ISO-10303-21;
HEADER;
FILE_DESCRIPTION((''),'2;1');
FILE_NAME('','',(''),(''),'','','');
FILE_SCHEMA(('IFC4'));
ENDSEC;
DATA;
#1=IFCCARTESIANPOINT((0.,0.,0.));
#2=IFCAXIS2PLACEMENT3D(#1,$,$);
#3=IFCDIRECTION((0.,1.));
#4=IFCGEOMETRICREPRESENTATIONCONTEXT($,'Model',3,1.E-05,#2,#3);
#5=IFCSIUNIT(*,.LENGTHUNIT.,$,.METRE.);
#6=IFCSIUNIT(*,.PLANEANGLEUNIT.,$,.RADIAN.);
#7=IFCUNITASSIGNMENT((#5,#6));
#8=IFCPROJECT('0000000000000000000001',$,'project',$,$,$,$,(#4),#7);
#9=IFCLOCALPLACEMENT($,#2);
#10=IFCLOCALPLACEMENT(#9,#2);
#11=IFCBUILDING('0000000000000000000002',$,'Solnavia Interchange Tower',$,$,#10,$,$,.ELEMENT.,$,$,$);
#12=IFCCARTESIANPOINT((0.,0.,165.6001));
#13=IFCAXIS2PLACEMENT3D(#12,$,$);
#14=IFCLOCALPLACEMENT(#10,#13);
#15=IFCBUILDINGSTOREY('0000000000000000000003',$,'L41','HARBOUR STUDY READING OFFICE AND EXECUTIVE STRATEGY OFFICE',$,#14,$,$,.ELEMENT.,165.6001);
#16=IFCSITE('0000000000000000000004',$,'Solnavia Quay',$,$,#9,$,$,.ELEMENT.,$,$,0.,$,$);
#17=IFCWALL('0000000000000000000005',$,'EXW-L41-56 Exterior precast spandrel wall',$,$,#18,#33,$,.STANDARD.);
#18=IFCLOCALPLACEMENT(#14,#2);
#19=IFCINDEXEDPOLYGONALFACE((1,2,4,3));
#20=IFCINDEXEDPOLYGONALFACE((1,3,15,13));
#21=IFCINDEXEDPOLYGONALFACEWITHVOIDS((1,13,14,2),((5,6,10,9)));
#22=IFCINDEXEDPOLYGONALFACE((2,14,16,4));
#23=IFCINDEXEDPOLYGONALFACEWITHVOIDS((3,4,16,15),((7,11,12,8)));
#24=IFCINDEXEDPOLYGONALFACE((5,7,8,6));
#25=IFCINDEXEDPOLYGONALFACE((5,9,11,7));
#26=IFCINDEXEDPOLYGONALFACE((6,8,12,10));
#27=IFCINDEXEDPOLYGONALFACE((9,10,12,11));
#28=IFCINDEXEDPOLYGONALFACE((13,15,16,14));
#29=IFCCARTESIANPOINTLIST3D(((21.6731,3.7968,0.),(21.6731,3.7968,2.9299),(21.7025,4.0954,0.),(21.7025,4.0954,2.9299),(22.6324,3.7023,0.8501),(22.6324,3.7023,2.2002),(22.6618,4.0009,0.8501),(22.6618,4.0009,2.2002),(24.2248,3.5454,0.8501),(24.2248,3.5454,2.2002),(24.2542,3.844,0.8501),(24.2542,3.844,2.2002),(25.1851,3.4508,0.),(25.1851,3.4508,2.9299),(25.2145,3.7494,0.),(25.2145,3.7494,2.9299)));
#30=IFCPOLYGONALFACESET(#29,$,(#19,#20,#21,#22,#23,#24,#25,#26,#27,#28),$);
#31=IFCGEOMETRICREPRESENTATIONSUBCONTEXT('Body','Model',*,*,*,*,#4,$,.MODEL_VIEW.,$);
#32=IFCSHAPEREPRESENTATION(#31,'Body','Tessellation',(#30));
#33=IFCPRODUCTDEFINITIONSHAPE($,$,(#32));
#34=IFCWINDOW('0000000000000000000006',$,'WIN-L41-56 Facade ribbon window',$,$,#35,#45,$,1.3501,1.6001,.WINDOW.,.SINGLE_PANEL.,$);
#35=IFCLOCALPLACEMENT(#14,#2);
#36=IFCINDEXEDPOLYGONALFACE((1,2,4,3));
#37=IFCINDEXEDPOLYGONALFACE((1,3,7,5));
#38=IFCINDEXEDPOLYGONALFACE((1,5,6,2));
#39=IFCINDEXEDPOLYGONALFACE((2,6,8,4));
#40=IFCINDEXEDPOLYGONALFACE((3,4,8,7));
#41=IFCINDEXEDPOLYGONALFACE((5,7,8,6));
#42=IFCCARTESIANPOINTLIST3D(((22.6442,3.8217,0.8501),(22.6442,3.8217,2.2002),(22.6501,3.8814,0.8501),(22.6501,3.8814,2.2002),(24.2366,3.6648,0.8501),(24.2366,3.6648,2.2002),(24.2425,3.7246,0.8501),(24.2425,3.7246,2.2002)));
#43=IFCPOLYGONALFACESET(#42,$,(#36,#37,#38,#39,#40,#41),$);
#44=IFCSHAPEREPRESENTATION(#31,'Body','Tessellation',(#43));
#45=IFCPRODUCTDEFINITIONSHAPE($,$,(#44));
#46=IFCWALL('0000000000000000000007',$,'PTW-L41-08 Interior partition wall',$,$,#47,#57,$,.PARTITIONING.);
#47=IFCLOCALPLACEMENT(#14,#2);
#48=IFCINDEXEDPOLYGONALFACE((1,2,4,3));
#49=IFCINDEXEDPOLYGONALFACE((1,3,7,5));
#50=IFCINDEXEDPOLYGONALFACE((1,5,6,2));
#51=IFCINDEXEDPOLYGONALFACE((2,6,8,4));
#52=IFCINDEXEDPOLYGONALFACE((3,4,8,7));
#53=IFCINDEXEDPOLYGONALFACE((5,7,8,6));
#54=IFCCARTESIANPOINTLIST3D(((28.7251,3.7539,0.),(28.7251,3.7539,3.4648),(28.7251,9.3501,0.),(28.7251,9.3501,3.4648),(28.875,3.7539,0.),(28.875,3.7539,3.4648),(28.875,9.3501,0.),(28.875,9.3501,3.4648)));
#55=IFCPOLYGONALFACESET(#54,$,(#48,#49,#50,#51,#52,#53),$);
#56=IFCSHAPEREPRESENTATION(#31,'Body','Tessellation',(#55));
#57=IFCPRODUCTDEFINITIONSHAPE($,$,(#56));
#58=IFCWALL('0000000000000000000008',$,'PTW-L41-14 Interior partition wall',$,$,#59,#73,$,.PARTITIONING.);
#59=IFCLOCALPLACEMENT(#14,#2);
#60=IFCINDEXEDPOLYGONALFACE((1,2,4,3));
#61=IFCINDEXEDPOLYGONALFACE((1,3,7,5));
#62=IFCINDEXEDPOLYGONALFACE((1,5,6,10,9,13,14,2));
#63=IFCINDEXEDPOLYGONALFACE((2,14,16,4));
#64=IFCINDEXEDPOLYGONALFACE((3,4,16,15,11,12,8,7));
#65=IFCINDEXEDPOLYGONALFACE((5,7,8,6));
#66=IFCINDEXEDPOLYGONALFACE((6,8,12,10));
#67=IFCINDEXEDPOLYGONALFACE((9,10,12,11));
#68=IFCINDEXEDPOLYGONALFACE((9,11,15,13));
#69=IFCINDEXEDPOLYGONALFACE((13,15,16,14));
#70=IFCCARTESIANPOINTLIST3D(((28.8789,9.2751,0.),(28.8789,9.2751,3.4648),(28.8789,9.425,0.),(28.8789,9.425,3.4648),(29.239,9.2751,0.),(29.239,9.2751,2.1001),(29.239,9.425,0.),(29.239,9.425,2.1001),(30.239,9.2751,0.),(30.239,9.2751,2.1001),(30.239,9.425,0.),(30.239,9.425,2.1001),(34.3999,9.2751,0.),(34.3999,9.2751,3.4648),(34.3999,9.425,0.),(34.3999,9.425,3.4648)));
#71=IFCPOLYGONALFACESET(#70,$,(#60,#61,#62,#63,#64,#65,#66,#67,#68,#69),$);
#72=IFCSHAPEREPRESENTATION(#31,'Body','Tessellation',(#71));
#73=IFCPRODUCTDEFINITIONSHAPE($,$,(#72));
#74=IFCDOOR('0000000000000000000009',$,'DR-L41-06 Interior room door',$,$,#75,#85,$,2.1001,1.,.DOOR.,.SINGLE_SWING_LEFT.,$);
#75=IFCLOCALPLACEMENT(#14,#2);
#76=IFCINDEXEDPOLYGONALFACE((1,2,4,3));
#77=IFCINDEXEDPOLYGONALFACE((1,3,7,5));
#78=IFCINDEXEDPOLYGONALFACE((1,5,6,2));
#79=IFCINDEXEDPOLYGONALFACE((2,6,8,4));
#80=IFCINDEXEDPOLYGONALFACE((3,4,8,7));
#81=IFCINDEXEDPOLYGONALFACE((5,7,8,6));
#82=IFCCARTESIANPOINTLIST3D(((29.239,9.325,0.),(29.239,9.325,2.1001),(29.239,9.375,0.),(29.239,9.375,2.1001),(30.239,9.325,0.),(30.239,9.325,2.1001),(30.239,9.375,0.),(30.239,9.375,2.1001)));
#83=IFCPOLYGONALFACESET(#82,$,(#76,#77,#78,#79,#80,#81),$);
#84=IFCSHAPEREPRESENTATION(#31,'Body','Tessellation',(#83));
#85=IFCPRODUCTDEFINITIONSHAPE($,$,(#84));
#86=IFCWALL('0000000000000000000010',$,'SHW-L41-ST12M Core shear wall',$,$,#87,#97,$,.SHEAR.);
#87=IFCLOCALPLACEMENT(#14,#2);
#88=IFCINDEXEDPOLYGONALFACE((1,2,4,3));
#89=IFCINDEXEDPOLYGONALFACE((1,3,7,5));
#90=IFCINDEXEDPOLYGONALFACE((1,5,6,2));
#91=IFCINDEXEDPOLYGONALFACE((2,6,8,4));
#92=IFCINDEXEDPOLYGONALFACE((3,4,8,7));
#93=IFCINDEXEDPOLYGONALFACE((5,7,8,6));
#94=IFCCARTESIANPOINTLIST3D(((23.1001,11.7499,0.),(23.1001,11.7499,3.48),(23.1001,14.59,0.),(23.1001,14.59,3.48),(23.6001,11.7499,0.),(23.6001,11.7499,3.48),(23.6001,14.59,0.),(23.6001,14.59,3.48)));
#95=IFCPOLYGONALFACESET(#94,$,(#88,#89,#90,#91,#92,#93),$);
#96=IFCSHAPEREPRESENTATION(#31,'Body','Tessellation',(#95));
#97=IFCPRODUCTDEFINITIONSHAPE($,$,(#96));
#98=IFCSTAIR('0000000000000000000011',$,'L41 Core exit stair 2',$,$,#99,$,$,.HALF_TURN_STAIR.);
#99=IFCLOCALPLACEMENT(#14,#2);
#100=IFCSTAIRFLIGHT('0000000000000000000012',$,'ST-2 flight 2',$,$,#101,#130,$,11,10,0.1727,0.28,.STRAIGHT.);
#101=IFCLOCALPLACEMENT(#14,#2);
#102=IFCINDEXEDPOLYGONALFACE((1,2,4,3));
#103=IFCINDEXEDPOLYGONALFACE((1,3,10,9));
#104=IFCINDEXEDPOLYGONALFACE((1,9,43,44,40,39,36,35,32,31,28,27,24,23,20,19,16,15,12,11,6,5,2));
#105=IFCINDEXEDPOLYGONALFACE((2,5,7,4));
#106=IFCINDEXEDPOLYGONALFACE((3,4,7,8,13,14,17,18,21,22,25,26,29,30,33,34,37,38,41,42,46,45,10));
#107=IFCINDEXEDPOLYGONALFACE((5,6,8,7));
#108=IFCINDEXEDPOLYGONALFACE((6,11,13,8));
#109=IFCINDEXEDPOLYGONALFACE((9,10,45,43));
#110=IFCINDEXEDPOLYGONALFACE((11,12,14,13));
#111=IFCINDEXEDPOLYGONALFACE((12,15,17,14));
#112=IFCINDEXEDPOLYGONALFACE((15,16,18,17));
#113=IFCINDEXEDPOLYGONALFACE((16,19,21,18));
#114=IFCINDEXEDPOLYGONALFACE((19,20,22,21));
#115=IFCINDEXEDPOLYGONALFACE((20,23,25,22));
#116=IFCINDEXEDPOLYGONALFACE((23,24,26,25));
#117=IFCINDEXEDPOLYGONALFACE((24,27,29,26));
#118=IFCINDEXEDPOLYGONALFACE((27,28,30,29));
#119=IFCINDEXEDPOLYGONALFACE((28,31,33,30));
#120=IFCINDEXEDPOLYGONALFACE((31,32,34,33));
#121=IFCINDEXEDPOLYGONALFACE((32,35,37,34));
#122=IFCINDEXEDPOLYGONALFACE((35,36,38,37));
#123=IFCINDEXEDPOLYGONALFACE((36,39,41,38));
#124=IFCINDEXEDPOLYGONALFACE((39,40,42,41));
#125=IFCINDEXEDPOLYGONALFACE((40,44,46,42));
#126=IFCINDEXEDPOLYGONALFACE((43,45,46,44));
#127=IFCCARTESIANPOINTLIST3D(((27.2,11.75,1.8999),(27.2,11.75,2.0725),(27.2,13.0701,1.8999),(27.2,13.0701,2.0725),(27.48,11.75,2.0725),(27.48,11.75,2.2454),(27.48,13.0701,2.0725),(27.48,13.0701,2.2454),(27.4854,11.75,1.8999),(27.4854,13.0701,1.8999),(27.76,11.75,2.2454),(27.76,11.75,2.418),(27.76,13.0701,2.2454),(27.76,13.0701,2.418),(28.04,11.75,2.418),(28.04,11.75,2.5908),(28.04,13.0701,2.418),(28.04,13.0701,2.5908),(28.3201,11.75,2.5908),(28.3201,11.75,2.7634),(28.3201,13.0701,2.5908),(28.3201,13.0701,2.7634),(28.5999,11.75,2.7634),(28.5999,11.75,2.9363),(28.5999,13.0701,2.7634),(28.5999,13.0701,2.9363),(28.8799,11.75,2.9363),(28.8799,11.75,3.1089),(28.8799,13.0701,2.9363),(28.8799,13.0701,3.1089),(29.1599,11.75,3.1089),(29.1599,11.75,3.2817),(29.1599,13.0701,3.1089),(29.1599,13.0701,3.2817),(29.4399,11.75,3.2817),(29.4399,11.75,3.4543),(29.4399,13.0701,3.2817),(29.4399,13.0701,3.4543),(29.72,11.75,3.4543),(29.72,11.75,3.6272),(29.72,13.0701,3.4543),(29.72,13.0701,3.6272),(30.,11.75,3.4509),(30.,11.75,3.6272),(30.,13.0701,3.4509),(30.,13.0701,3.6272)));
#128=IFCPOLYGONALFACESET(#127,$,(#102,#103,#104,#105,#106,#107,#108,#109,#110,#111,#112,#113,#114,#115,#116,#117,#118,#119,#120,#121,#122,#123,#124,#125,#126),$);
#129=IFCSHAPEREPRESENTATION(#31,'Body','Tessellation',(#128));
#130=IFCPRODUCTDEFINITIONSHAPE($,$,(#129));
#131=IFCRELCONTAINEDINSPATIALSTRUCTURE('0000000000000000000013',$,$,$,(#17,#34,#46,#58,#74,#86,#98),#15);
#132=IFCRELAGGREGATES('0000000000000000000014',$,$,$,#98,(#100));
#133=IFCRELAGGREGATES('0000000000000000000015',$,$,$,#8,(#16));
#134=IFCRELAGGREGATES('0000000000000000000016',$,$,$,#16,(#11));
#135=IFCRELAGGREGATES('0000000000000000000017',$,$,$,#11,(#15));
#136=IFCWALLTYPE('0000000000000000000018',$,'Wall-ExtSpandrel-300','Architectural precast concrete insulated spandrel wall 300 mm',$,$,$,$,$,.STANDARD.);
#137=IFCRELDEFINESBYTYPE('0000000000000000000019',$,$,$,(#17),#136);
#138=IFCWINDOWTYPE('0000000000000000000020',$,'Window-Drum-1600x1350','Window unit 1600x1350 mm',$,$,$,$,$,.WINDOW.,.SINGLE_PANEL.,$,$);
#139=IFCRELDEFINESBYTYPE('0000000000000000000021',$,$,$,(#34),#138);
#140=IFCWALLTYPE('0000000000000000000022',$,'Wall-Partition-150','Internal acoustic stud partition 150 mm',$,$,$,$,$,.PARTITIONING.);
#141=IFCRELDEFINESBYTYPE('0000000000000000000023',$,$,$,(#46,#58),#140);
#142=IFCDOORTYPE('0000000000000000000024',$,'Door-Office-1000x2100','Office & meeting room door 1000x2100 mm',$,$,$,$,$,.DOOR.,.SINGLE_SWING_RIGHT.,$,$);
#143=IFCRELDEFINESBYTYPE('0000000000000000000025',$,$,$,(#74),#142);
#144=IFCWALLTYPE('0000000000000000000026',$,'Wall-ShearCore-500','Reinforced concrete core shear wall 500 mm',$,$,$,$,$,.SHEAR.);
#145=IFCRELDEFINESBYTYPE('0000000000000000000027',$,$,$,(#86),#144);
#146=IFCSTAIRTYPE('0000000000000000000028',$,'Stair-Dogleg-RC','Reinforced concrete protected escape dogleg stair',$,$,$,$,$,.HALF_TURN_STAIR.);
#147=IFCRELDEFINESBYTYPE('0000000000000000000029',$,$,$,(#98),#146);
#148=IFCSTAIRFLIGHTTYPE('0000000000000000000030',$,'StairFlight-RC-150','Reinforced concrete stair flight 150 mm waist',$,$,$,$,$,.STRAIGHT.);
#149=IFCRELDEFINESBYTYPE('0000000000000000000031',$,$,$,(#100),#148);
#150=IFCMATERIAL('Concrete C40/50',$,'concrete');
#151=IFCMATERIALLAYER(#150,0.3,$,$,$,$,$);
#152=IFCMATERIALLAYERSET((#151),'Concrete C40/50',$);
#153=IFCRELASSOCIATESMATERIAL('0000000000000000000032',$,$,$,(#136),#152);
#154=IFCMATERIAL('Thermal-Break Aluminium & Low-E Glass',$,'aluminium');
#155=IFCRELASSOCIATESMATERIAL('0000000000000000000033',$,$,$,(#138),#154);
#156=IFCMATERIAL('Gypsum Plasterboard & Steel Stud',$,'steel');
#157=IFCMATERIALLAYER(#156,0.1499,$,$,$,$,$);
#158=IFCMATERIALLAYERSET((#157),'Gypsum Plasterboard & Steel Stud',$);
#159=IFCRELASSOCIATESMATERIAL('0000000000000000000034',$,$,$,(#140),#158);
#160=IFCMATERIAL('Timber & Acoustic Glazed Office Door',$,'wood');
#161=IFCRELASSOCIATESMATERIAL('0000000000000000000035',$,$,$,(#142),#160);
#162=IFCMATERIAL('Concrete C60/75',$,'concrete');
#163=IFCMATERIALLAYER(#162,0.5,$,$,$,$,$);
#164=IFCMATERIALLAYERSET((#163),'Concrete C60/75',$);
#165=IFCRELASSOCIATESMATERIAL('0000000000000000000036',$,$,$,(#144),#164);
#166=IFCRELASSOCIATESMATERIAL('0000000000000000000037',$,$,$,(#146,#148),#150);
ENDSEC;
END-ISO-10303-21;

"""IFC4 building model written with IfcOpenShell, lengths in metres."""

from ifc_helpers import new_model, si_unit, direction, frame, frame_2d, origin, place, context, subcontext, project, spatial, polyline, rectangle, outline, extrude, material, layer, layer_set, type_object, element, fill, aggregate, save


model = new_model("IFC4")

# Units and contexts
model_context = context("Model", 3, precision=1e-05, world=origin(), true_north=direction((0.0, 1.0)))
body_context = subcontext(model_context, "Body", "Model", "MODEL_VIEW")
ifc_project = project(units=[si_unit("LENGTHUNIT", "METRE"), si_unit("PLANEANGLEUNIT", "RADIAN")], contexts=[model_context])

# Site, building, storey
site_placement = place(None, origin())
site = spatial("IfcSite", under=ifc_project, at=site_placement, Name="Solnavia Quay", CompositionType="ELEMENT", RefElevation=0.0)
building_placement = place(site_placement, origin())
building = spatial("IfcBuilding", under=site, at=building_placement, Name="Solnavia Interchange Tower", CompositionType="ELEMENT")
storey_placement = place(building_placement, frame((0.0, 0.0, 165.6001)))
storey = spatial("IfcBuildingStorey", under=building, at=storey_placement, Name="L41", Description="HARBOUR STUDY READING OFFICE AND EXECUTIVE STRATEGY OFFICE", CompositionType="ELEMENT", Elevation=165.6001)

# Shared definitions
ifc_material_1 = material(Name="Concrete C40/50", Category="concrete")
ifc_layer_1 = layer(ifc_material_1, 0.3)
ifc_layer_set_1 = layer_set([ifc_layer_1], Name="Concrete C40/50")
wall_type_1 = type_object("IfcWallType", Name="Wall-ExtSpandrel-300", Description="Architectural precast concrete insulated spandrel wall 300 mm", PredefinedType="STANDARD", material=ifc_layer_set_1)
ifc_material_2 = material(Name="Thermal-Break Aluminium & Low-E Glass", Category="aluminium")

# Wall, opening, window
wall_1_placement = place(storey_placement, frame((25.2, 3.6001, 0.0), z_axis=(0.0, 0.0, 1.0), x_axis=(-0.995183, 0.098031, 0.0)))
wall_1 = element("IfcWall", 1, at=wall_1_placement, inside=storey, type_object=wall_type_1, Name="EXW-L41-56 Exterior precast spandrel wall", PredefinedType="STANDARD", context=body_context, shape_type="SweptSolid", body=[
    extrude(rectangle(XDim=3.5291, YDim=0.3, at=frame_2d((1.7646, 0.0))), origin(), (0.0, 0.0, 1.0), 2.9299),
])
opening_1_placement = place(wall_1_placement, frame((0.9651, 0.0, 0.8501)))
opening_1 = element("IfcOpeningElement", 2, at=opening_1_placement, cuts=wall_1, PredefinedType="OPENING", context=body_context, shape_type="SweptSolid", body=[
    extrude(rectangle(XDim=1.6001, YDim=1.3501, at=frame_2d((0.8, 0.675))), frame((0.0, 0.1602, 0.0), z_axis=(0.0, -1.0, 0.0), x_axis=(1.0, 0.0, 0.0)), (0.0, 0.0, 1.0), 0.3201),
])
window_type_1 = type_object("IfcWindowType", Name="Window-Drum-1600x1350", Description="Window unit 1600x1350 mm", PartitioningType="SINGLE_PANEL", PredefinedType="WINDOW", material=ifc_material_2)
window_1_placement = place(opening_1_placement, origin())
window_1 = element("IfcWindow", 3, at=window_1_placement, inside=storey, type_object=window_type_1, Name="WIN-L41-56 Facade ribbon window", OverallHeight=1.3501, OverallWidth=1.6001, PartitioningType="SINGLE_PANEL", PredefinedType="WINDOW", context=body_context, shape_type="SweptSolid", body=[
    extrude(rectangle(XDim=1.6001, YDim=1.3501, at=frame_2d((0.8, 0.675))), frame((0.0, 0.03, 0.0), z_axis=(0.0, -1.0, 0.0), x_axis=(1.0, 0.0, 0.0)), (0.0, 0.0, 1.0), 0.0601),
])
fill(opening_1, window_1)

# Wall
ifc_material_3 = material(Name="Gypsum Plasterboard & Steel Stud", Category="steel")
ifc_layer_2 = layer(ifc_material_3, 0.1499)
ifc_layer_set_2 = layer_set([ifc_layer_2], Name="Gypsum Plasterboard & Steel Stud")
wall_type_2 = type_object("IfcWallType", Name="Wall-Partition-150", Description="Internal acoustic stud partition 150 mm", PredefinedType="PARTITIONING", material=ifc_layer_set_2)
wall_2_placement = place(storey_placement, frame((28.8, 9.3501, 0.0), z_axis=(0.0, 0.0, 1.0), x_axis=(0.0, -1.0, 0.0)))
element("IfcWall", 4, at=wall_2_placement, inside=storey, type_object=wall_type_2, Name="PTW-L41-08 Interior partition wall", PredefinedType="PARTITIONING", context=body_context, shape_type="SweptSolid", body=[
    extrude(rectangle(XDim=5.5962, YDim=0.1499, at=frame_2d((2.7981, 0.0))), origin(), (0.0, 0.0, 1.0), 3.4648),
])

# Wall, opening, door
wall_3_placement = place(storey_placement, frame((28.8789, 9.3501, 0.0), z_axis=(0.0, 0.0, 1.0), x_axis=(1.0, 0.0, 0.0)))
wall_3 = element("IfcWall", 5, at=wall_3_placement, inside=storey, type_object=wall_type_2, Name="PTW-L41-14 Interior partition wall", PredefinedType="PARTITIONING", context=body_context, shape_type="SweptSolid", body=[
    extrude(rectangle(XDim=5.521, YDim=0.1499, at=frame_2d((2.7605, 0.0))), origin(), (0.0, 0.0, 1.0), 3.4648),
])
opening_2_placement = place(wall_3_placement, frame((0.3601, 0.0, 0.0)))
opening_2 = element("IfcOpeningElement", 6, at=opening_2_placement, cuts=wall_3, PredefinedType="OPENING", context=body_context, shape_type="SweptSolid", body=[
    extrude(rectangle(XDim=1.0, YDim=2.1001, at=frame_2d((0.5, 1.05))), frame((0.0, 0.085, 0.0), z_axis=(0.0, -1.0, 0.0), x_axis=(1.0, 0.0, 0.0)), (0.0, 0.0, 1.0), 0.1699),
])
ifc_material_4 = material(Name="Timber & Acoustic Glazed Office Door", Category="wood")
door_type = type_object("IfcDoorType", Name="Door-Office-1000x2100", Description="Office & meeting room door 1000x2100 mm", OperationType="SINGLE_SWING_RIGHT", PredefinedType="DOOR", material=ifc_material_4)
door_placement = place(opening_2_placement, origin())
door = element("IfcDoor", 7, at=door_placement, inside=storey, type_object=door_type, Name="DR-L41-06 Interior room door", OperationType="SINGLE_SWING_LEFT", OverallHeight=2.1001, OverallWidth=1.0, PredefinedType="DOOR", context=body_context, shape_type="SweptSolid", body=[
    extrude(rectangle(XDim=1.0, YDim=2.1001, at=frame_2d((0.5, 1.05))), frame((0.0, 0.0249, 0.0), z_axis=(0.0, -1.0, 0.0), x_axis=(1.0, 0.0, 0.0)), (0.0, 0.0, 1.0), 0.05),
])
fill(opening_2, door)

# Wall
ifc_material_5 = material(Name="Concrete C60/75", Category="concrete")
ifc_layer_3 = layer(ifc_material_5, 0.5)
ifc_layer_set_3 = layer_set([ifc_layer_3], Name="Concrete C60/75")
wall_type_3 = type_object("IfcWallType", Name="Wall-ShearCore-500", Description="Reinforced concrete core shear wall 500 mm", PredefinedType="SHEAR", material=ifc_layer_set_3)
wall_4_placement = place(storey_placement, frame((23.3501, 11.75, 0.0), z_axis=(0.0, 0.0, 1.0), x_axis=(0.0, 1.0, 0.0)))
element("IfcWall", 8, at=wall_4_placement, inside=storey, type_object=wall_type_3, Name="SHW-L41-ST12M Core shear wall", PredefinedType="SHEAR", context=body_context, shape_type="SweptSolid", body=[
    extrude(rectangle(XDim=2.8401, YDim=0.5, at=frame_2d((1.4199, 0.0))), origin(), (0.0, 0.0, 1.0), 3.48),
])

# Stair, stair flight
stair_type = type_object("IfcStairType", Name="Stair-Dogleg-RC", Description="Reinforced concrete protected escape dogleg stair", PredefinedType="HALF_TURN_STAIR", material=ifc_material_1)
stair_placement = place(storey_placement, origin())
stair = element("IfcStair", 9, at=stair_placement, inside=storey, type_object=stair_type, Name="L41 Core exit stair 2", PredefinedType="HALF_TURN_STAIR")
stair_flight_type = type_object("IfcStairFlightType", Name="StairFlight-RC-150", Description="Reinforced concrete stair flight 150 mm waist", PredefinedType="STRAIGHT", material=ifc_material_1)
stair_flight_placement = place(storey_placement, frame((27.2, 12.4099, 1.8999), z_axis=(0.0, 0.0, 1.0), x_axis=(1.0, 0.0, 0.0)))
stair_flight = element("IfcStairFlight", 10, at=stair_flight_placement, type_object=stair_flight_type, Name="ST-2 flight 2", NumberOfRisers=11, NumberOfTreads=10, PredefinedType="STRAIGHT", RiserHeight=0.1727, TreadLength=0.28, context=body_context, shape_type="SweptSolid", body=[
    extrude(outline(polyline([(0.0, 0.0), (0.0, 0.1726), (0.28, 0.1726), (0.28, 0.3455), (0.5601, 0.3455), (0.5601, 0.5181), (0.8401, 0.5181), (0.8401, 0.6909), (1.1201, 0.6909), (1.1201, 0.8635), (1.3999, 0.8635), (1.3999, 1.0364), (1.6799, 1.0364), (1.6799, 1.209), (1.96, 1.209), (1.96, 1.3818), (2.24, 1.3818), (2.24, 1.5544), (2.52, 1.5544), (2.52, 1.7273), (2.8, 1.7273), (2.8, 1.8999), (2.8, 1.551), (0.2854, 0.0), (0.0, 0.0)])), frame((0.0, 0.6602, 0.0), z_axis=(0.0, -1.0, 0.0), x_axis=(1.0, 0.0, 0.0)), (0.0, 0.0, 1.0), 1.3201),
])
aggregate(stair, [stair_flight])

save(model, "model.ifc")
